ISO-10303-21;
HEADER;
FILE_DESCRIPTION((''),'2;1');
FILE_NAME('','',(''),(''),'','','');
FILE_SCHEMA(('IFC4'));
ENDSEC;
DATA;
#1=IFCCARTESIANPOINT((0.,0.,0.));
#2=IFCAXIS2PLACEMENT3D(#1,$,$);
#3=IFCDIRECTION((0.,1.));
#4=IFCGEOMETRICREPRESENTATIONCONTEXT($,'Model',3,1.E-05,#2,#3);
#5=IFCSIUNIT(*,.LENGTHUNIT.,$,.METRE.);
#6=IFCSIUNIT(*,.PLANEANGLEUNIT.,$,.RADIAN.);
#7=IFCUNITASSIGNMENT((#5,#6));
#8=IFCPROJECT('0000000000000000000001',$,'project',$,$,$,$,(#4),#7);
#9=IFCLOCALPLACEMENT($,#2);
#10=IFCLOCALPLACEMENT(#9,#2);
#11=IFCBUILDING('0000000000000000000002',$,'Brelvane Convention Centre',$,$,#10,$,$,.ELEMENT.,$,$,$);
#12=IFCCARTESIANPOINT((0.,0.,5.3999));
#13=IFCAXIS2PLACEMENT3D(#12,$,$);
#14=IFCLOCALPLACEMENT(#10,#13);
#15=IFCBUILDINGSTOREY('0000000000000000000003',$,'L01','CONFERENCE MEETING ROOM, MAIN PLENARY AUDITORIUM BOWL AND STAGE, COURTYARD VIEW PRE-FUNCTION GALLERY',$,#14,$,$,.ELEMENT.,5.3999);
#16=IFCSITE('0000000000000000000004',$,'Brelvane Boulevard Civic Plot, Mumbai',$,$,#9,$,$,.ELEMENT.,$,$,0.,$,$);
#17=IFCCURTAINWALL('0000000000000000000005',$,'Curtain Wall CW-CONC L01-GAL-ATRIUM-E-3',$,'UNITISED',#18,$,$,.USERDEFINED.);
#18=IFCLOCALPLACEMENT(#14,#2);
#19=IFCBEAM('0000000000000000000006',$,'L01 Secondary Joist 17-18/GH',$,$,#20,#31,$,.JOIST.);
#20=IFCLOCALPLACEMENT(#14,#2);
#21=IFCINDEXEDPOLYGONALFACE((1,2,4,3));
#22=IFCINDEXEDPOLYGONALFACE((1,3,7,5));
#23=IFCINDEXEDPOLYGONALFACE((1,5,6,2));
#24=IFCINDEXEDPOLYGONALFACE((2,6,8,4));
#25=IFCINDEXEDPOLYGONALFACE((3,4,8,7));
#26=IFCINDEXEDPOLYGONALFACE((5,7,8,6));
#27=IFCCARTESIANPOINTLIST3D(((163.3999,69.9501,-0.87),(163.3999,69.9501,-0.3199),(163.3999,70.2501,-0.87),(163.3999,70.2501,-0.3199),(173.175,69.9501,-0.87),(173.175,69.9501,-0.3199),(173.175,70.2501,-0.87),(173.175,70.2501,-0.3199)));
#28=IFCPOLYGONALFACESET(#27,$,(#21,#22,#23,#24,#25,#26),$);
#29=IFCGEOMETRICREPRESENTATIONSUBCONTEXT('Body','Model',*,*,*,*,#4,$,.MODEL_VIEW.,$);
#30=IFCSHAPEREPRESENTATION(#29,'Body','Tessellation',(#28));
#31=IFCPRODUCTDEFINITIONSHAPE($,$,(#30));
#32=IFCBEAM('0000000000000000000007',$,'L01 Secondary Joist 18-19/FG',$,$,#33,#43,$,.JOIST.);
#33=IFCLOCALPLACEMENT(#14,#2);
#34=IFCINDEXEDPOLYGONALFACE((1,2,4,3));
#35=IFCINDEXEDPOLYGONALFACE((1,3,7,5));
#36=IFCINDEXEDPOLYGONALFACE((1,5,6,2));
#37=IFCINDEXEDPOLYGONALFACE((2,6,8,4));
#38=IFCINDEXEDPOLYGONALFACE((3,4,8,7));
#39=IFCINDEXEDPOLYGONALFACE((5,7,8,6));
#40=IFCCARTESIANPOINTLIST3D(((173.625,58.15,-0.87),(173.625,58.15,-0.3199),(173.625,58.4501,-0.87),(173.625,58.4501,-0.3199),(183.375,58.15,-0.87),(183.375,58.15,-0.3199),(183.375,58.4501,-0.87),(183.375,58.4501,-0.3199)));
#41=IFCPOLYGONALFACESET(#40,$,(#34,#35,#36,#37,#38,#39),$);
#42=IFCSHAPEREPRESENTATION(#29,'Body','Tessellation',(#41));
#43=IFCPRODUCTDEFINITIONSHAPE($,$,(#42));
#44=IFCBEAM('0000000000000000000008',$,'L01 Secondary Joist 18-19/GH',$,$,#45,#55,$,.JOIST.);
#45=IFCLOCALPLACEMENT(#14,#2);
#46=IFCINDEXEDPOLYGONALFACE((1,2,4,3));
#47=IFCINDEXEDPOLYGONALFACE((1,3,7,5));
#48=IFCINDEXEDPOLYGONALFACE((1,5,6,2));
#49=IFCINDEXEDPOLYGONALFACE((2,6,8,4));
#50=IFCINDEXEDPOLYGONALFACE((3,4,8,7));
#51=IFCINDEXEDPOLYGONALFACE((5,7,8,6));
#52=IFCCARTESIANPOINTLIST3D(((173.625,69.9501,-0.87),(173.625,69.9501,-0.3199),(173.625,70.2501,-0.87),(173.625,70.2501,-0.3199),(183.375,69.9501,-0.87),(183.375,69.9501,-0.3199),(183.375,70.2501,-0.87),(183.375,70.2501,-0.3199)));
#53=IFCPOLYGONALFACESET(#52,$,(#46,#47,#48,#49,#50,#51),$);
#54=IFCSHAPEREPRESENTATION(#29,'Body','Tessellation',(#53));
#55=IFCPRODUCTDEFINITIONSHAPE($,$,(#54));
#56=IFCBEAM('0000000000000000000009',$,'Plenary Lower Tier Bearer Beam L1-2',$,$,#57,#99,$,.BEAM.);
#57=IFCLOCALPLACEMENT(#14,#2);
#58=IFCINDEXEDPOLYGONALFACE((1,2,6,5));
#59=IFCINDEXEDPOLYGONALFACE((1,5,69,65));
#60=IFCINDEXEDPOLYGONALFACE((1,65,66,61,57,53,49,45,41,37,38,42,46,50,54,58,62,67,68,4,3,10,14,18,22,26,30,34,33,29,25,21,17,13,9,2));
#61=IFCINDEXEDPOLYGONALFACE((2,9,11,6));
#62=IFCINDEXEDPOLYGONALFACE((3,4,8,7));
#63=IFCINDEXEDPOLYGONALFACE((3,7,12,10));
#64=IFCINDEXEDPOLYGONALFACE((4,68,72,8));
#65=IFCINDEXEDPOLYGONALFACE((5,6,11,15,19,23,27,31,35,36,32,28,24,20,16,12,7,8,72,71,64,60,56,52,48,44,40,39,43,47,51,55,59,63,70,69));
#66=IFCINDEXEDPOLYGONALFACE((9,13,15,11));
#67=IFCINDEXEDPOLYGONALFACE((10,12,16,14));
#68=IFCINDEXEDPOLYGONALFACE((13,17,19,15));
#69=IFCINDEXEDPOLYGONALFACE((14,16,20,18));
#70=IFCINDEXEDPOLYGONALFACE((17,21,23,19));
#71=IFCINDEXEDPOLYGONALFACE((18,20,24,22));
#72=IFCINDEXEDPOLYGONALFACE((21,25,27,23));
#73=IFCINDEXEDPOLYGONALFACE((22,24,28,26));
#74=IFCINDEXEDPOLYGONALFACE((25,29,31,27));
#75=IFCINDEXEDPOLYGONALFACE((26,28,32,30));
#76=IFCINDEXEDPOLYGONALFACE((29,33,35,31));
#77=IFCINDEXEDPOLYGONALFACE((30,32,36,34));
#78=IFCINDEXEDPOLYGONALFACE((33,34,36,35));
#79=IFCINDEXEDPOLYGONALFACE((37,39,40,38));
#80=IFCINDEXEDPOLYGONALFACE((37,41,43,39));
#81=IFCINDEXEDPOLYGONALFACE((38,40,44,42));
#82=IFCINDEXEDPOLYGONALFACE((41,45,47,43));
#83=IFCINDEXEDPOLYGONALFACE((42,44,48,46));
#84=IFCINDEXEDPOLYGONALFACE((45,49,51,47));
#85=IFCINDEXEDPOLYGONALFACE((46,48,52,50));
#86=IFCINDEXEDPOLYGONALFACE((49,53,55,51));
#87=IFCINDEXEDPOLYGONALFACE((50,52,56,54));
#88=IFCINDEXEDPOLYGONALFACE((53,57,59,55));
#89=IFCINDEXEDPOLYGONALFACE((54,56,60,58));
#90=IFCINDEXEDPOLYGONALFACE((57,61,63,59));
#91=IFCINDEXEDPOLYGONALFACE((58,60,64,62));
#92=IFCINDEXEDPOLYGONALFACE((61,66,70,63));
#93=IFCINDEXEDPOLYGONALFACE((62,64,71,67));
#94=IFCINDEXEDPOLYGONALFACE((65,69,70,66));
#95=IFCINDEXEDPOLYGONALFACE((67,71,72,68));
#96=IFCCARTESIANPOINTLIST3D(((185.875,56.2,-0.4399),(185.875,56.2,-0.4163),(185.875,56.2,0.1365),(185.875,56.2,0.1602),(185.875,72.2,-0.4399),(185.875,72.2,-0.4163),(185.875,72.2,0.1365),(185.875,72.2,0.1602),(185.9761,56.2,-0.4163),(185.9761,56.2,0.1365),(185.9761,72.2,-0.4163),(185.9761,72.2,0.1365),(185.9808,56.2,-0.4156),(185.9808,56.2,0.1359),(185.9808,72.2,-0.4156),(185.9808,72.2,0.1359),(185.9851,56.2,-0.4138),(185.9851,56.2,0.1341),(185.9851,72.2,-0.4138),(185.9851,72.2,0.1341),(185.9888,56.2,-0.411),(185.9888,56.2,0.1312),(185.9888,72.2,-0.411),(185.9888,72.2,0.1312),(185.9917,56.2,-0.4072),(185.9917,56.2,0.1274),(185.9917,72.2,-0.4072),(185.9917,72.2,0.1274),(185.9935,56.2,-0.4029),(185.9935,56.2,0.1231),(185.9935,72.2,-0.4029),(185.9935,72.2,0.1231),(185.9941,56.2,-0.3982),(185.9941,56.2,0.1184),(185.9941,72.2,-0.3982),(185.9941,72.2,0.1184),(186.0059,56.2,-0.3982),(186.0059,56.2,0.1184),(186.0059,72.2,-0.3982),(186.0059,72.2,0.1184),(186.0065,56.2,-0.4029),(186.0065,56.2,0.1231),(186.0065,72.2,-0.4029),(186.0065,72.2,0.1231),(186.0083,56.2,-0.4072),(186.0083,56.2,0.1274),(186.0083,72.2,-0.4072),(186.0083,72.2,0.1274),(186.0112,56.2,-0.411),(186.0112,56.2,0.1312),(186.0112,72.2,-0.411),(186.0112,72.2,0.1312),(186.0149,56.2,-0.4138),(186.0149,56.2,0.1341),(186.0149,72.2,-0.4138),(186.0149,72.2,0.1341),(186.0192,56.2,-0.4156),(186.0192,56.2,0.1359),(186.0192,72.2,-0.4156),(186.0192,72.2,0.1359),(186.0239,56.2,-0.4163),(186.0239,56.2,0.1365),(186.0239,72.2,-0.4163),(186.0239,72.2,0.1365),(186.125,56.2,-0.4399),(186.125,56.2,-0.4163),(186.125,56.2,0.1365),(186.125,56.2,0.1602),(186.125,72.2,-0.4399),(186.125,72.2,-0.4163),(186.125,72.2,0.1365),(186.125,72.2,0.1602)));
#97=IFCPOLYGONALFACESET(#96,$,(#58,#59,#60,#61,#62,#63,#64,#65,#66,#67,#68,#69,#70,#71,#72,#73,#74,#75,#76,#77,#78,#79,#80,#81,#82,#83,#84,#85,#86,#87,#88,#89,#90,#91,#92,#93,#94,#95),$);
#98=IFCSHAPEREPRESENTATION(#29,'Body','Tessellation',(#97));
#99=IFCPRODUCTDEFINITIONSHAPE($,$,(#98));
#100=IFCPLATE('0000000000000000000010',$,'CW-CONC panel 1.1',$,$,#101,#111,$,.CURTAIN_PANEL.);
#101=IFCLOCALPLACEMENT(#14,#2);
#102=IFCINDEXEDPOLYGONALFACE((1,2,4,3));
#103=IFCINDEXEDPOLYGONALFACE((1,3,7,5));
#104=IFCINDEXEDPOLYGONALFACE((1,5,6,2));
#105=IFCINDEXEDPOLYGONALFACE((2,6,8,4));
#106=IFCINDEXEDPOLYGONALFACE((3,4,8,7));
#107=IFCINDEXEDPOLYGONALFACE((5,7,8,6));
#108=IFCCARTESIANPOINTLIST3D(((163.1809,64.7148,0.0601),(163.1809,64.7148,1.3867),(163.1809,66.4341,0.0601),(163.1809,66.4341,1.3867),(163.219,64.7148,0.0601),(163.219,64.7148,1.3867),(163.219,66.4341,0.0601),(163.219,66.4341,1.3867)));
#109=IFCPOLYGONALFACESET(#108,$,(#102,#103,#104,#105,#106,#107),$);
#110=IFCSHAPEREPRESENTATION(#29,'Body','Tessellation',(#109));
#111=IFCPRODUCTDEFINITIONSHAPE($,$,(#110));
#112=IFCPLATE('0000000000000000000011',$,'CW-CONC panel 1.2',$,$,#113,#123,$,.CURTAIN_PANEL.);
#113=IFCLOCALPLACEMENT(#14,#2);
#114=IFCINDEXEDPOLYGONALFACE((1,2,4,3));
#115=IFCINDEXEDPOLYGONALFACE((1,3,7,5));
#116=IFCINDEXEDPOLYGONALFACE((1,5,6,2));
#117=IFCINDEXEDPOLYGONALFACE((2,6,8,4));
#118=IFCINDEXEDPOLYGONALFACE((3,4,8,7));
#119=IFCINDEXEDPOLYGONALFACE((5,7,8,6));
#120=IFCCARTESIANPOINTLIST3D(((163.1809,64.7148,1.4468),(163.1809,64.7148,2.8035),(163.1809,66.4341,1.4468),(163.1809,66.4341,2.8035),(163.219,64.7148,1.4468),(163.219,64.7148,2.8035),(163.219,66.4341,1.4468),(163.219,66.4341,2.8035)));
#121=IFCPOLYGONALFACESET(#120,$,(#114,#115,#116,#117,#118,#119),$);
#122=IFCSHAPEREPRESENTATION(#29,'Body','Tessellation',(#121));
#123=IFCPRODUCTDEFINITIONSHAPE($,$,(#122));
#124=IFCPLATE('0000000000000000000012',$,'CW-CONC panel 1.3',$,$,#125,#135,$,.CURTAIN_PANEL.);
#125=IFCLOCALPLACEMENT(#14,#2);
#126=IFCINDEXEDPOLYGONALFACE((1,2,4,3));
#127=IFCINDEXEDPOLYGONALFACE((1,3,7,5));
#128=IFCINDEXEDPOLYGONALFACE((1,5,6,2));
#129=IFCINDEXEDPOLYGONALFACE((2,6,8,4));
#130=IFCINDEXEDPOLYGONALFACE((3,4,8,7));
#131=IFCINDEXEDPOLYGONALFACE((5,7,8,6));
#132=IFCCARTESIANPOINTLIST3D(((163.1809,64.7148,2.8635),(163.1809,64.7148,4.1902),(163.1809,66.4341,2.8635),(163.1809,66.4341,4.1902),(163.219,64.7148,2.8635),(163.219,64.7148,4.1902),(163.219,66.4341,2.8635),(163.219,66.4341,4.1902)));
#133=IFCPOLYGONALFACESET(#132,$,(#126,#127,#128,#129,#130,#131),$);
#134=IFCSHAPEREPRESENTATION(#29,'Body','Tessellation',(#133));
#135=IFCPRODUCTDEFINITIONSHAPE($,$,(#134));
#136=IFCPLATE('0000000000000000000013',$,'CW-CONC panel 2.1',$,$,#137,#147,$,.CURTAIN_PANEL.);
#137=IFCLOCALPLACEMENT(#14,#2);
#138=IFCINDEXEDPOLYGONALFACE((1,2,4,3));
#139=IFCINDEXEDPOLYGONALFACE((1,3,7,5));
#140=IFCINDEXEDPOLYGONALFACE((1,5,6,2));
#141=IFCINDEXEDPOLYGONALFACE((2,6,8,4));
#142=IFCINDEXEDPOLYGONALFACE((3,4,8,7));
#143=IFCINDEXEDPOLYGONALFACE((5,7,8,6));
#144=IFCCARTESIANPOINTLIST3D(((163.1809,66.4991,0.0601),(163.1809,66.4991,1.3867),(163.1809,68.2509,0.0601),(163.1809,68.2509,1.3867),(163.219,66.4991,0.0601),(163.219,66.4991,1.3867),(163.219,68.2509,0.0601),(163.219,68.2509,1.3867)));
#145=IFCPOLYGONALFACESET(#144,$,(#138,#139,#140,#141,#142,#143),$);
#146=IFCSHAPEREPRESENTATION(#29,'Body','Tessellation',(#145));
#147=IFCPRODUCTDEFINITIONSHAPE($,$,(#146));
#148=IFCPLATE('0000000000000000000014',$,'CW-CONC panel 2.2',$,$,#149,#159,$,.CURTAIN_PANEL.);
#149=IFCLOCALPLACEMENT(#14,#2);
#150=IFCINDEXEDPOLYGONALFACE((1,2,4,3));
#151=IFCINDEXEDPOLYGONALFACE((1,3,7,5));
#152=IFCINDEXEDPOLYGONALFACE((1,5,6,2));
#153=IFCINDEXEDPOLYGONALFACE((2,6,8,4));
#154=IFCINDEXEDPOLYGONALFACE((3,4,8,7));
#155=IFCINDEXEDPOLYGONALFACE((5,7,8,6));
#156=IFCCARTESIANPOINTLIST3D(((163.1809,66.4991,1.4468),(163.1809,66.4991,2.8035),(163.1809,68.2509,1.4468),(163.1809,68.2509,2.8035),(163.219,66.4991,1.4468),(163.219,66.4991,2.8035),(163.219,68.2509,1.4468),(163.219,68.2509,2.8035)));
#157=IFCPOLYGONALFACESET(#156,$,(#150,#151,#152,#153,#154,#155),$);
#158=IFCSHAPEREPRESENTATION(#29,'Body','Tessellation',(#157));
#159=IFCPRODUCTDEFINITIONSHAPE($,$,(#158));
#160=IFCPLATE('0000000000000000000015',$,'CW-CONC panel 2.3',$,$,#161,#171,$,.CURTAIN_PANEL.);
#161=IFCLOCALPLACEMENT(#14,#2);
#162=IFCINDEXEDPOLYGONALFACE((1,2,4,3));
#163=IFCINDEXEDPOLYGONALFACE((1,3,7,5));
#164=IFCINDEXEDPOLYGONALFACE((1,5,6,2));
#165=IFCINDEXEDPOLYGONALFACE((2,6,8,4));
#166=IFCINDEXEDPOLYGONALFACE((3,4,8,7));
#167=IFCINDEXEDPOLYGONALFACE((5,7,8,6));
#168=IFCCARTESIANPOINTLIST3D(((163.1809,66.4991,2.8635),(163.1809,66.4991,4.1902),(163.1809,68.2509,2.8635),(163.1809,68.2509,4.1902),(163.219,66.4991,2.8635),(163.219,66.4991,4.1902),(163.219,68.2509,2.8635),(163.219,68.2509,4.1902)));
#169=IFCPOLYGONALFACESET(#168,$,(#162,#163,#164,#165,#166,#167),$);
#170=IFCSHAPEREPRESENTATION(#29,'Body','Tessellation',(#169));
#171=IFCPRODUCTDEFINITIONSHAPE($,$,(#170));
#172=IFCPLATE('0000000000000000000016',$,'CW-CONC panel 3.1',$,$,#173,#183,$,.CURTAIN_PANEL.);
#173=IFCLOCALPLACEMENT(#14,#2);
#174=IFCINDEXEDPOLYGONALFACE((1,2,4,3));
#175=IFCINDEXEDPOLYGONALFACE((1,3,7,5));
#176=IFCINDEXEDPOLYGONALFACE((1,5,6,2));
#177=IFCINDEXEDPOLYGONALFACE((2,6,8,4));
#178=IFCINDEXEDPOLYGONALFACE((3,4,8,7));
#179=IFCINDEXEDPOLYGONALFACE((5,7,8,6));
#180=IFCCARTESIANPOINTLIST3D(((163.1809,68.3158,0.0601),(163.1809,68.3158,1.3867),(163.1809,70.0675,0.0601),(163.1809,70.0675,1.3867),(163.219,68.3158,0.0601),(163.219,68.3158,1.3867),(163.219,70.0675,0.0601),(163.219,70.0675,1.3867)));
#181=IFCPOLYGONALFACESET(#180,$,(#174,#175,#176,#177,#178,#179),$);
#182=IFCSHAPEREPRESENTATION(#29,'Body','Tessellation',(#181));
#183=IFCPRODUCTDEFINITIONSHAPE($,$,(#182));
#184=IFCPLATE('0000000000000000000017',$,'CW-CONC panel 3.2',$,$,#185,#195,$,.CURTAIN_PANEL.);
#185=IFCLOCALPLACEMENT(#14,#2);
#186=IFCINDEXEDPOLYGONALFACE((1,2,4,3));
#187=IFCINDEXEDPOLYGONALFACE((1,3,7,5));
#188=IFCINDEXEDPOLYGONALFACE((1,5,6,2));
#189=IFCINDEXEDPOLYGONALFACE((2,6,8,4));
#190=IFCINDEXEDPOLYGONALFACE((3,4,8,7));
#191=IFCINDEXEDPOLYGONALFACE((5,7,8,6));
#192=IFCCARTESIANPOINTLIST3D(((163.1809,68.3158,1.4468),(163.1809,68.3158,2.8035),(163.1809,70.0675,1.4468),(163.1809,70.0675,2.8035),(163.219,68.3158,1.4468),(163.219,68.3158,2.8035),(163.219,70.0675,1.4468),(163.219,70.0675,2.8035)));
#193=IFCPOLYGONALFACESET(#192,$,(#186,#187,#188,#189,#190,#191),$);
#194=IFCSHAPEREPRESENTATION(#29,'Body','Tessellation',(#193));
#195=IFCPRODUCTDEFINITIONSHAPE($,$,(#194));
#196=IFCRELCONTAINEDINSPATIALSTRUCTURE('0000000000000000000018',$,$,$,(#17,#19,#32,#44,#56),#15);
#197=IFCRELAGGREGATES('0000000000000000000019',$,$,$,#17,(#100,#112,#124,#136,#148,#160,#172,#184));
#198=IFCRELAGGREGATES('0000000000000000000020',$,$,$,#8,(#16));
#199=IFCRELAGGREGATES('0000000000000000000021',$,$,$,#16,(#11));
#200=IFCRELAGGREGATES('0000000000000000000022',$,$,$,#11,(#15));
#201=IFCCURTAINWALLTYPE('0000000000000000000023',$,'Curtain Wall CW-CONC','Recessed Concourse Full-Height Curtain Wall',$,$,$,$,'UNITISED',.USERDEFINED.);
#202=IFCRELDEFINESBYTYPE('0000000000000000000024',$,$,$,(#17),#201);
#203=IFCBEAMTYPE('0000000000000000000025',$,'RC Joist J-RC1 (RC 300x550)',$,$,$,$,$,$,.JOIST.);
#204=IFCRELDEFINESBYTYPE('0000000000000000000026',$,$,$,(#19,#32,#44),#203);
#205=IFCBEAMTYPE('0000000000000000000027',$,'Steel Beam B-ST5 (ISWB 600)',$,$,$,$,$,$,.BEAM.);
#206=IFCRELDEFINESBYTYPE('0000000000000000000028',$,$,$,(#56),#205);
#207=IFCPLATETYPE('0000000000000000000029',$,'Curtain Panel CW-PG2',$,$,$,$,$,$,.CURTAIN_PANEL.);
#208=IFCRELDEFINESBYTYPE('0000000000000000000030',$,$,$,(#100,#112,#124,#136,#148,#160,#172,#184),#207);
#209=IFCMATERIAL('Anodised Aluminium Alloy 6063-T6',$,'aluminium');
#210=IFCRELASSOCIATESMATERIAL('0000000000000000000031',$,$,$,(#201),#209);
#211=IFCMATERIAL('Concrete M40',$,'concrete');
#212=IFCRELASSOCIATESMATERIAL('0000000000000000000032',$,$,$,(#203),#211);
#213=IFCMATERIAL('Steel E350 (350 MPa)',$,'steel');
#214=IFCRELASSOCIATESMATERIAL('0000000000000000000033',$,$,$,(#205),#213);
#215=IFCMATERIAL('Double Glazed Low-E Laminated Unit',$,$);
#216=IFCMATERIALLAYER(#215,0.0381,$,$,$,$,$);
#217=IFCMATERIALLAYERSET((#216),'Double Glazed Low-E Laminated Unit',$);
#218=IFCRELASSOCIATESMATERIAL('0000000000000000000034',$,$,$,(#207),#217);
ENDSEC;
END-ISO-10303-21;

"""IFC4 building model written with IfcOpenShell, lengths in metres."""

from ifc_helpers import new_model, si_unit, direction, frame, origin, origin_2d, place, context, subcontext, project, spatial, rectangle, i_section, extrude, material, layer, layer_set, material_profile, profile_set, type_object, element, aggregate, save


model = new_model("IFC4")

# Units and contexts
model_context = context("Model", 3, precision=1e-05, world=origin(), true_north=direction((0.0, 1.0)))
body_context = subcontext(model_context, "Body", "Model", "MODEL_VIEW")
ifc_project = project(units=[si_unit("LENGTHUNIT", "METRE"), si_unit("PLANEANGLEUNIT", "RADIAN")], contexts=[model_context])

# Site, building, storey
site_placement = place(None, origin())
site = spatial("IfcSite", under=ifc_project, at=site_placement, Name="Brelvane Boulevard Civic Plot, Mumbai", CompositionType="ELEMENT", RefElevation=0.0)
building_placement = place(site_placement, origin())
building = spatial("IfcBuilding", under=site, at=building_placement, Name="Brelvane Convention Centre", CompositionType="ELEMENT")
storey_placement = place(building_placement, frame((0.0, 0.0, 5.3999)))
storey = spatial("IfcBuildingStorey", under=building, at=storey_placement, Name="L01", Description="CONFERENCE MEETING ROOM, MAIN PLENARY AUDITORIUM BOWL AND STAGE, COURTYARD VIEW PRE-FUNCTION GALLERY", CompositionType="ELEMENT", Elevation=5.3999)

# Curtain wall
ifc_material_1 = material(Name="Anodised Aluminium Alloy 6063-T6", Category="aluminium")
curtain_wall_type = type_object("IfcCurtainWallType", Name="Curtain Wall CW-CONC", Description="Recessed Concourse Full-Height Curtain Wall", ElementType="UNITISED", PredefinedType="USERDEFINED", material=ifc_material_1)
curtain_wall_placement = place(storey_placement, origin())
curtain_wall = element("IfcCurtainWall", 1, at=curtain_wall_placement, inside=storey, type_object=curtain_wall_type, Name="Curtain Wall CW-CONC L01-GAL-ATRIUM-E-3", ObjectType="UNITISED", PredefinedType="USERDEFINED")

# Beams
ifc_material_2 = material(Name="Concrete M40", Category="concrete")
ifc_material_profile_1 = material_profile(ifc_material_2, rectangle(XDim=0.3, YDim=0.55, at=origin_2d()), Name="RC 300x550")
ifc_profile_set_1 = profile_set([ifc_material_profile_1], Name="Concrete M40")
beam_type_1 = type_object("IfcBeamType", Name="RC Joist J-RC1 (RC 300x550)", PredefinedType="JOIST", material=ifc_profile_set_1)
for number, where, z_axis, x_axis, name in (
    (2, (163.3999, 70.1001, -0.595), (1.0, 0.0, 0.0), (0.0, 1.0, 0.0), "L01 Secondary Joist 17-18/GH"),
):
    element("IfcBeam", number, at=place(storey_placement, frame(where, z_axis=z_axis, x_axis=x_axis)), inside=storey, type_object=beam_type_1, Name=name, PredefinedType="JOIST", context=body_context, shape_type="SweptSolid", body=[
        extrude(rectangle(XDim=0.3, YDim=0.55, at=origin_2d()), origin(), (0.0, 0.0, 1.0), 9.7751),
    ])
for number, where, z_axis, x_axis, name in (
    (3, (173.625, 58.3, -0.595), (1.0, 0.0, 0.0), (0.0, 1.0, 0.0), "L01 Secondary Joist 18-19/FG"),
    (4, (173.625, 70.1001, -0.595), (1.0, 0.0, 0.0), (0.0, 1.0, 0.0), "L01 Secondary Joist 18-19/GH"),
):
    element("IfcBeam", number, at=place(storey_placement, frame(where, z_axis=z_axis, x_axis=x_axis)), inside=storey, type_object=beam_type_1, Name=name, PredefinedType="JOIST", context=body_context, shape_type="SweptSolid", body=[
        extrude(rectangle(XDim=0.3, YDim=0.55, at=origin_2d()), origin(), (0.0, 0.0, 1.0), 9.75),
    ])
ifc_material_3 = material(Name="Steel E350 (350 MPa)", Category="steel")
ifc_material_profile_2 = material_profile(ifc_material_3, i_section(OverallWidth=0.25, OverallDepth=0.6001, WebThickness=0.0117, FlangeThickness=0.0237, FilletRadius=0.0181, at=origin_2d()), Name="ISWB 600")
ifc_profile_set_2 = profile_set([ifc_material_profile_2], Name="Steel E350 (350 MPa)")
beam_type_2 = type_object("IfcBeamType", Name="Steel Beam B-ST5 (ISWB 600)", PredefinedType="BEAM", material=ifc_profile_set_2)
beam_1_placement = place(storey_placement, frame((186.0, 56.2, -0.1399), z_axis=(0.0, 1.0, 0.0), x_axis=(-1.0, 0.0, 0.0)))
element("IfcBeam", 5, at=beam_1_placement, inside=storey, type_object=beam_type_2, Name="Plenary Lower Tier Bearer Beam L1-2", PredefinedType="BEAM", context=body_context, shape_type="SweptSolid", body=[
    extrude(i_section(OverallWidth=0.25, OverallDepth=0.6001, WebThickness=0.0117, FlangeThickness=0.0237, FilletRadius=0.0181, at=origin_2d()), origin(), (0.0, 0.0, 1.0), 16.0),
])

# Plates
ifc_material_4 = material(Name="Double Glazed Low-E Laminated Unit")
ifc_layer_1 = layer(ifc_material_4, 0.0381)
ifc_layer_set_1 = layer_set([ifc_layer_1], Name="Double Glazed Low-E Laminated Unit")
plate_type = type_object("IfcPlateType", Name="Curtain Panel CW-PG2", PredefinedType="CURTAIN_PANEL", material=ifc_layer_set_1)
plate_1_placement = place(storey_placement, frame((163.2, 65.5745, 0.0601), z_axis=(0.0, 0.0, 1.0), x_axis=(0.0, 1.0, 0.0)))
plate_1 = element("IfcPlate", 6, at=plate_1_placement, type_object=plate_type, Name="CW-CONC panel 1.1", PredefinedType="CURTAIN_PANEL", context=body_context, shape_type="SweptSolid", body=[
    extrude(rectangle(XDim=1.7192, YDim=0.0381, at=origin_2d()), origin(), (0.0, 0.0, 1.0), 1.3267),
])
plate_2_placement = place(storey_placement, frame((163.2, 65.5745, 1.4468), z_axis=(0.0, 0.0, 1.0), x_axis=(0.0, 1.0, 0.0)))
plate_2 = element("IfcPlate", 7, at=plate_2_placement, type_object=plate_type, Name="CW-CONC panel 1.2", PredefinedType="CURTAIN_PANEL", context=body_context, shape_type="SweptSolid", body=[
    extrude(rectangle(XDim=1.7192, YDim=0.0381, at=origin_2d()), origin(), (0.0, 0.0, 1.0), 1.3567),
])
plate_3_placement = place(storey_placement, frame((163.2, 65.5745, 2.8635), z_axis=(0.0, 0.0, 1.0), x_axis=(0.0, 1.0, 0.0)))
plate_3 = element("IfcPlate", 8, at=plate_3_placement, type_object=plate_type, Name="CW-CONC panel 1.3", PredefinedType="CURTAIN_PANEL", context=body_context, shape_type="SweptSolid", body=[
    extrude(rectangle(XDim=1.7192, YDim=0.0381, at=origin_2d()), origin(), (0.0, 0.0, 1.0), 1.3267),
])
plate_4_placement = place(storey_placement, frame((163.2, 67.375, 0.0601), z_axis=(0.0, 0.0, 1.0), x_axis=(0.0, 1.0, 0.0)))
plate_4 = element("IfcPlate", 9, at=plate_4_placement, type_object=plate_type, Name="CW-CONC panel 2.1", PredefinedType="CURTAIN_PANEL", context=body_context, shape_type="SweptSolid", body=[
    extrude(rectangle(XDim=1.7517, YDim=0.0381, at=origin_2d()), origin(), (0.0, 0.0, 1.0), 1.3267),
])
plate_5_placement = place(storey_placement, frame((163.2, 67.375, 1.4468), z_axis=(0.0, 0.0, 1.0), x_axis=(0.0, 1.0, 0.0)))
plate_5 = element("IfcPlate", 10, at=plate_5_placement, type_object=plate_type, Name="CW-CONC panel 2.2", PredefinedType="CURTAIN_PANEL", context=body_context, shape_type="SweptSolid", body=[
    extrude(rectangle(XDim=1.7517, YDim=0.0381, at=origin_2d()), origin(), (0.0, 0.0, 1.0), 1.3567),
])
plate_6_placement = place(storey_placement, frame((163.2, 67.375, 2.8635), z_axis=(0.0, 0.0, 1.0), x_axis=(0.0, 1.0, 0.0)))
plate_6 = element("IfcPlate", 11, at=plate_6_placement, type_object=plate_type, Name="CW-CONC panel 2.3", PredefinedType="CURTAIN_PANEL", context=body_context, shape_type="SweptSolid", body=[
    extrude(rectangle(XDim=1.7517, YDim=0.0381, at=origin_2d()), origin(), (0.0, 0.0, 1.0), 1.3267),
])
plate_7_placement = place(storey_placement, frame((163.2, 69.1917, 0.0601), z_axis=(0.0, 0.0, 1.0), x_axis=(0.0, 1.0, 0.0)))
plate_7 = element("IfcPlate", 12, at=plate_7_placement, type_object=plate_type, Name="CW-CONC panel 3.1", PredefinedType="CURTAIN_PANEL", context=body_context, shape_type="SweptSolid", body=[
    extrude(rectangle(XDim=1.7517, YDim=0.0381, at=origin_2d()), origin(), (0.0, 0.0, 1.0), 1.3267),
])
plate_8_placement = place(storey_placement, frame((163.2, 69.1917, 1.4468), z_axis=(0.0, 0.0, 1.0), x_axis=(0.0, 1.0, 0.0)))
plate_8 = element("IfcPlate", 13, at=plate_8_placement, type_object=plate_type, Name="CW-CONC panel 3.2", PredefinedType="CURTAIN_PANEL", context=body_context, shape_type="SweptSolid", body=[
    extrude(rectangle(XDim=1.7517, YDim=0.0381, at=origin_2d()), origin(), (0.0, 0.0, 1.0), 1.3567),
])
aggregate(curtain_wall, [plate_1, plate_2, plate_3, plate_4, plate_5, plate_6, plate_7, plate_8])

save(model, "model.ifc")
